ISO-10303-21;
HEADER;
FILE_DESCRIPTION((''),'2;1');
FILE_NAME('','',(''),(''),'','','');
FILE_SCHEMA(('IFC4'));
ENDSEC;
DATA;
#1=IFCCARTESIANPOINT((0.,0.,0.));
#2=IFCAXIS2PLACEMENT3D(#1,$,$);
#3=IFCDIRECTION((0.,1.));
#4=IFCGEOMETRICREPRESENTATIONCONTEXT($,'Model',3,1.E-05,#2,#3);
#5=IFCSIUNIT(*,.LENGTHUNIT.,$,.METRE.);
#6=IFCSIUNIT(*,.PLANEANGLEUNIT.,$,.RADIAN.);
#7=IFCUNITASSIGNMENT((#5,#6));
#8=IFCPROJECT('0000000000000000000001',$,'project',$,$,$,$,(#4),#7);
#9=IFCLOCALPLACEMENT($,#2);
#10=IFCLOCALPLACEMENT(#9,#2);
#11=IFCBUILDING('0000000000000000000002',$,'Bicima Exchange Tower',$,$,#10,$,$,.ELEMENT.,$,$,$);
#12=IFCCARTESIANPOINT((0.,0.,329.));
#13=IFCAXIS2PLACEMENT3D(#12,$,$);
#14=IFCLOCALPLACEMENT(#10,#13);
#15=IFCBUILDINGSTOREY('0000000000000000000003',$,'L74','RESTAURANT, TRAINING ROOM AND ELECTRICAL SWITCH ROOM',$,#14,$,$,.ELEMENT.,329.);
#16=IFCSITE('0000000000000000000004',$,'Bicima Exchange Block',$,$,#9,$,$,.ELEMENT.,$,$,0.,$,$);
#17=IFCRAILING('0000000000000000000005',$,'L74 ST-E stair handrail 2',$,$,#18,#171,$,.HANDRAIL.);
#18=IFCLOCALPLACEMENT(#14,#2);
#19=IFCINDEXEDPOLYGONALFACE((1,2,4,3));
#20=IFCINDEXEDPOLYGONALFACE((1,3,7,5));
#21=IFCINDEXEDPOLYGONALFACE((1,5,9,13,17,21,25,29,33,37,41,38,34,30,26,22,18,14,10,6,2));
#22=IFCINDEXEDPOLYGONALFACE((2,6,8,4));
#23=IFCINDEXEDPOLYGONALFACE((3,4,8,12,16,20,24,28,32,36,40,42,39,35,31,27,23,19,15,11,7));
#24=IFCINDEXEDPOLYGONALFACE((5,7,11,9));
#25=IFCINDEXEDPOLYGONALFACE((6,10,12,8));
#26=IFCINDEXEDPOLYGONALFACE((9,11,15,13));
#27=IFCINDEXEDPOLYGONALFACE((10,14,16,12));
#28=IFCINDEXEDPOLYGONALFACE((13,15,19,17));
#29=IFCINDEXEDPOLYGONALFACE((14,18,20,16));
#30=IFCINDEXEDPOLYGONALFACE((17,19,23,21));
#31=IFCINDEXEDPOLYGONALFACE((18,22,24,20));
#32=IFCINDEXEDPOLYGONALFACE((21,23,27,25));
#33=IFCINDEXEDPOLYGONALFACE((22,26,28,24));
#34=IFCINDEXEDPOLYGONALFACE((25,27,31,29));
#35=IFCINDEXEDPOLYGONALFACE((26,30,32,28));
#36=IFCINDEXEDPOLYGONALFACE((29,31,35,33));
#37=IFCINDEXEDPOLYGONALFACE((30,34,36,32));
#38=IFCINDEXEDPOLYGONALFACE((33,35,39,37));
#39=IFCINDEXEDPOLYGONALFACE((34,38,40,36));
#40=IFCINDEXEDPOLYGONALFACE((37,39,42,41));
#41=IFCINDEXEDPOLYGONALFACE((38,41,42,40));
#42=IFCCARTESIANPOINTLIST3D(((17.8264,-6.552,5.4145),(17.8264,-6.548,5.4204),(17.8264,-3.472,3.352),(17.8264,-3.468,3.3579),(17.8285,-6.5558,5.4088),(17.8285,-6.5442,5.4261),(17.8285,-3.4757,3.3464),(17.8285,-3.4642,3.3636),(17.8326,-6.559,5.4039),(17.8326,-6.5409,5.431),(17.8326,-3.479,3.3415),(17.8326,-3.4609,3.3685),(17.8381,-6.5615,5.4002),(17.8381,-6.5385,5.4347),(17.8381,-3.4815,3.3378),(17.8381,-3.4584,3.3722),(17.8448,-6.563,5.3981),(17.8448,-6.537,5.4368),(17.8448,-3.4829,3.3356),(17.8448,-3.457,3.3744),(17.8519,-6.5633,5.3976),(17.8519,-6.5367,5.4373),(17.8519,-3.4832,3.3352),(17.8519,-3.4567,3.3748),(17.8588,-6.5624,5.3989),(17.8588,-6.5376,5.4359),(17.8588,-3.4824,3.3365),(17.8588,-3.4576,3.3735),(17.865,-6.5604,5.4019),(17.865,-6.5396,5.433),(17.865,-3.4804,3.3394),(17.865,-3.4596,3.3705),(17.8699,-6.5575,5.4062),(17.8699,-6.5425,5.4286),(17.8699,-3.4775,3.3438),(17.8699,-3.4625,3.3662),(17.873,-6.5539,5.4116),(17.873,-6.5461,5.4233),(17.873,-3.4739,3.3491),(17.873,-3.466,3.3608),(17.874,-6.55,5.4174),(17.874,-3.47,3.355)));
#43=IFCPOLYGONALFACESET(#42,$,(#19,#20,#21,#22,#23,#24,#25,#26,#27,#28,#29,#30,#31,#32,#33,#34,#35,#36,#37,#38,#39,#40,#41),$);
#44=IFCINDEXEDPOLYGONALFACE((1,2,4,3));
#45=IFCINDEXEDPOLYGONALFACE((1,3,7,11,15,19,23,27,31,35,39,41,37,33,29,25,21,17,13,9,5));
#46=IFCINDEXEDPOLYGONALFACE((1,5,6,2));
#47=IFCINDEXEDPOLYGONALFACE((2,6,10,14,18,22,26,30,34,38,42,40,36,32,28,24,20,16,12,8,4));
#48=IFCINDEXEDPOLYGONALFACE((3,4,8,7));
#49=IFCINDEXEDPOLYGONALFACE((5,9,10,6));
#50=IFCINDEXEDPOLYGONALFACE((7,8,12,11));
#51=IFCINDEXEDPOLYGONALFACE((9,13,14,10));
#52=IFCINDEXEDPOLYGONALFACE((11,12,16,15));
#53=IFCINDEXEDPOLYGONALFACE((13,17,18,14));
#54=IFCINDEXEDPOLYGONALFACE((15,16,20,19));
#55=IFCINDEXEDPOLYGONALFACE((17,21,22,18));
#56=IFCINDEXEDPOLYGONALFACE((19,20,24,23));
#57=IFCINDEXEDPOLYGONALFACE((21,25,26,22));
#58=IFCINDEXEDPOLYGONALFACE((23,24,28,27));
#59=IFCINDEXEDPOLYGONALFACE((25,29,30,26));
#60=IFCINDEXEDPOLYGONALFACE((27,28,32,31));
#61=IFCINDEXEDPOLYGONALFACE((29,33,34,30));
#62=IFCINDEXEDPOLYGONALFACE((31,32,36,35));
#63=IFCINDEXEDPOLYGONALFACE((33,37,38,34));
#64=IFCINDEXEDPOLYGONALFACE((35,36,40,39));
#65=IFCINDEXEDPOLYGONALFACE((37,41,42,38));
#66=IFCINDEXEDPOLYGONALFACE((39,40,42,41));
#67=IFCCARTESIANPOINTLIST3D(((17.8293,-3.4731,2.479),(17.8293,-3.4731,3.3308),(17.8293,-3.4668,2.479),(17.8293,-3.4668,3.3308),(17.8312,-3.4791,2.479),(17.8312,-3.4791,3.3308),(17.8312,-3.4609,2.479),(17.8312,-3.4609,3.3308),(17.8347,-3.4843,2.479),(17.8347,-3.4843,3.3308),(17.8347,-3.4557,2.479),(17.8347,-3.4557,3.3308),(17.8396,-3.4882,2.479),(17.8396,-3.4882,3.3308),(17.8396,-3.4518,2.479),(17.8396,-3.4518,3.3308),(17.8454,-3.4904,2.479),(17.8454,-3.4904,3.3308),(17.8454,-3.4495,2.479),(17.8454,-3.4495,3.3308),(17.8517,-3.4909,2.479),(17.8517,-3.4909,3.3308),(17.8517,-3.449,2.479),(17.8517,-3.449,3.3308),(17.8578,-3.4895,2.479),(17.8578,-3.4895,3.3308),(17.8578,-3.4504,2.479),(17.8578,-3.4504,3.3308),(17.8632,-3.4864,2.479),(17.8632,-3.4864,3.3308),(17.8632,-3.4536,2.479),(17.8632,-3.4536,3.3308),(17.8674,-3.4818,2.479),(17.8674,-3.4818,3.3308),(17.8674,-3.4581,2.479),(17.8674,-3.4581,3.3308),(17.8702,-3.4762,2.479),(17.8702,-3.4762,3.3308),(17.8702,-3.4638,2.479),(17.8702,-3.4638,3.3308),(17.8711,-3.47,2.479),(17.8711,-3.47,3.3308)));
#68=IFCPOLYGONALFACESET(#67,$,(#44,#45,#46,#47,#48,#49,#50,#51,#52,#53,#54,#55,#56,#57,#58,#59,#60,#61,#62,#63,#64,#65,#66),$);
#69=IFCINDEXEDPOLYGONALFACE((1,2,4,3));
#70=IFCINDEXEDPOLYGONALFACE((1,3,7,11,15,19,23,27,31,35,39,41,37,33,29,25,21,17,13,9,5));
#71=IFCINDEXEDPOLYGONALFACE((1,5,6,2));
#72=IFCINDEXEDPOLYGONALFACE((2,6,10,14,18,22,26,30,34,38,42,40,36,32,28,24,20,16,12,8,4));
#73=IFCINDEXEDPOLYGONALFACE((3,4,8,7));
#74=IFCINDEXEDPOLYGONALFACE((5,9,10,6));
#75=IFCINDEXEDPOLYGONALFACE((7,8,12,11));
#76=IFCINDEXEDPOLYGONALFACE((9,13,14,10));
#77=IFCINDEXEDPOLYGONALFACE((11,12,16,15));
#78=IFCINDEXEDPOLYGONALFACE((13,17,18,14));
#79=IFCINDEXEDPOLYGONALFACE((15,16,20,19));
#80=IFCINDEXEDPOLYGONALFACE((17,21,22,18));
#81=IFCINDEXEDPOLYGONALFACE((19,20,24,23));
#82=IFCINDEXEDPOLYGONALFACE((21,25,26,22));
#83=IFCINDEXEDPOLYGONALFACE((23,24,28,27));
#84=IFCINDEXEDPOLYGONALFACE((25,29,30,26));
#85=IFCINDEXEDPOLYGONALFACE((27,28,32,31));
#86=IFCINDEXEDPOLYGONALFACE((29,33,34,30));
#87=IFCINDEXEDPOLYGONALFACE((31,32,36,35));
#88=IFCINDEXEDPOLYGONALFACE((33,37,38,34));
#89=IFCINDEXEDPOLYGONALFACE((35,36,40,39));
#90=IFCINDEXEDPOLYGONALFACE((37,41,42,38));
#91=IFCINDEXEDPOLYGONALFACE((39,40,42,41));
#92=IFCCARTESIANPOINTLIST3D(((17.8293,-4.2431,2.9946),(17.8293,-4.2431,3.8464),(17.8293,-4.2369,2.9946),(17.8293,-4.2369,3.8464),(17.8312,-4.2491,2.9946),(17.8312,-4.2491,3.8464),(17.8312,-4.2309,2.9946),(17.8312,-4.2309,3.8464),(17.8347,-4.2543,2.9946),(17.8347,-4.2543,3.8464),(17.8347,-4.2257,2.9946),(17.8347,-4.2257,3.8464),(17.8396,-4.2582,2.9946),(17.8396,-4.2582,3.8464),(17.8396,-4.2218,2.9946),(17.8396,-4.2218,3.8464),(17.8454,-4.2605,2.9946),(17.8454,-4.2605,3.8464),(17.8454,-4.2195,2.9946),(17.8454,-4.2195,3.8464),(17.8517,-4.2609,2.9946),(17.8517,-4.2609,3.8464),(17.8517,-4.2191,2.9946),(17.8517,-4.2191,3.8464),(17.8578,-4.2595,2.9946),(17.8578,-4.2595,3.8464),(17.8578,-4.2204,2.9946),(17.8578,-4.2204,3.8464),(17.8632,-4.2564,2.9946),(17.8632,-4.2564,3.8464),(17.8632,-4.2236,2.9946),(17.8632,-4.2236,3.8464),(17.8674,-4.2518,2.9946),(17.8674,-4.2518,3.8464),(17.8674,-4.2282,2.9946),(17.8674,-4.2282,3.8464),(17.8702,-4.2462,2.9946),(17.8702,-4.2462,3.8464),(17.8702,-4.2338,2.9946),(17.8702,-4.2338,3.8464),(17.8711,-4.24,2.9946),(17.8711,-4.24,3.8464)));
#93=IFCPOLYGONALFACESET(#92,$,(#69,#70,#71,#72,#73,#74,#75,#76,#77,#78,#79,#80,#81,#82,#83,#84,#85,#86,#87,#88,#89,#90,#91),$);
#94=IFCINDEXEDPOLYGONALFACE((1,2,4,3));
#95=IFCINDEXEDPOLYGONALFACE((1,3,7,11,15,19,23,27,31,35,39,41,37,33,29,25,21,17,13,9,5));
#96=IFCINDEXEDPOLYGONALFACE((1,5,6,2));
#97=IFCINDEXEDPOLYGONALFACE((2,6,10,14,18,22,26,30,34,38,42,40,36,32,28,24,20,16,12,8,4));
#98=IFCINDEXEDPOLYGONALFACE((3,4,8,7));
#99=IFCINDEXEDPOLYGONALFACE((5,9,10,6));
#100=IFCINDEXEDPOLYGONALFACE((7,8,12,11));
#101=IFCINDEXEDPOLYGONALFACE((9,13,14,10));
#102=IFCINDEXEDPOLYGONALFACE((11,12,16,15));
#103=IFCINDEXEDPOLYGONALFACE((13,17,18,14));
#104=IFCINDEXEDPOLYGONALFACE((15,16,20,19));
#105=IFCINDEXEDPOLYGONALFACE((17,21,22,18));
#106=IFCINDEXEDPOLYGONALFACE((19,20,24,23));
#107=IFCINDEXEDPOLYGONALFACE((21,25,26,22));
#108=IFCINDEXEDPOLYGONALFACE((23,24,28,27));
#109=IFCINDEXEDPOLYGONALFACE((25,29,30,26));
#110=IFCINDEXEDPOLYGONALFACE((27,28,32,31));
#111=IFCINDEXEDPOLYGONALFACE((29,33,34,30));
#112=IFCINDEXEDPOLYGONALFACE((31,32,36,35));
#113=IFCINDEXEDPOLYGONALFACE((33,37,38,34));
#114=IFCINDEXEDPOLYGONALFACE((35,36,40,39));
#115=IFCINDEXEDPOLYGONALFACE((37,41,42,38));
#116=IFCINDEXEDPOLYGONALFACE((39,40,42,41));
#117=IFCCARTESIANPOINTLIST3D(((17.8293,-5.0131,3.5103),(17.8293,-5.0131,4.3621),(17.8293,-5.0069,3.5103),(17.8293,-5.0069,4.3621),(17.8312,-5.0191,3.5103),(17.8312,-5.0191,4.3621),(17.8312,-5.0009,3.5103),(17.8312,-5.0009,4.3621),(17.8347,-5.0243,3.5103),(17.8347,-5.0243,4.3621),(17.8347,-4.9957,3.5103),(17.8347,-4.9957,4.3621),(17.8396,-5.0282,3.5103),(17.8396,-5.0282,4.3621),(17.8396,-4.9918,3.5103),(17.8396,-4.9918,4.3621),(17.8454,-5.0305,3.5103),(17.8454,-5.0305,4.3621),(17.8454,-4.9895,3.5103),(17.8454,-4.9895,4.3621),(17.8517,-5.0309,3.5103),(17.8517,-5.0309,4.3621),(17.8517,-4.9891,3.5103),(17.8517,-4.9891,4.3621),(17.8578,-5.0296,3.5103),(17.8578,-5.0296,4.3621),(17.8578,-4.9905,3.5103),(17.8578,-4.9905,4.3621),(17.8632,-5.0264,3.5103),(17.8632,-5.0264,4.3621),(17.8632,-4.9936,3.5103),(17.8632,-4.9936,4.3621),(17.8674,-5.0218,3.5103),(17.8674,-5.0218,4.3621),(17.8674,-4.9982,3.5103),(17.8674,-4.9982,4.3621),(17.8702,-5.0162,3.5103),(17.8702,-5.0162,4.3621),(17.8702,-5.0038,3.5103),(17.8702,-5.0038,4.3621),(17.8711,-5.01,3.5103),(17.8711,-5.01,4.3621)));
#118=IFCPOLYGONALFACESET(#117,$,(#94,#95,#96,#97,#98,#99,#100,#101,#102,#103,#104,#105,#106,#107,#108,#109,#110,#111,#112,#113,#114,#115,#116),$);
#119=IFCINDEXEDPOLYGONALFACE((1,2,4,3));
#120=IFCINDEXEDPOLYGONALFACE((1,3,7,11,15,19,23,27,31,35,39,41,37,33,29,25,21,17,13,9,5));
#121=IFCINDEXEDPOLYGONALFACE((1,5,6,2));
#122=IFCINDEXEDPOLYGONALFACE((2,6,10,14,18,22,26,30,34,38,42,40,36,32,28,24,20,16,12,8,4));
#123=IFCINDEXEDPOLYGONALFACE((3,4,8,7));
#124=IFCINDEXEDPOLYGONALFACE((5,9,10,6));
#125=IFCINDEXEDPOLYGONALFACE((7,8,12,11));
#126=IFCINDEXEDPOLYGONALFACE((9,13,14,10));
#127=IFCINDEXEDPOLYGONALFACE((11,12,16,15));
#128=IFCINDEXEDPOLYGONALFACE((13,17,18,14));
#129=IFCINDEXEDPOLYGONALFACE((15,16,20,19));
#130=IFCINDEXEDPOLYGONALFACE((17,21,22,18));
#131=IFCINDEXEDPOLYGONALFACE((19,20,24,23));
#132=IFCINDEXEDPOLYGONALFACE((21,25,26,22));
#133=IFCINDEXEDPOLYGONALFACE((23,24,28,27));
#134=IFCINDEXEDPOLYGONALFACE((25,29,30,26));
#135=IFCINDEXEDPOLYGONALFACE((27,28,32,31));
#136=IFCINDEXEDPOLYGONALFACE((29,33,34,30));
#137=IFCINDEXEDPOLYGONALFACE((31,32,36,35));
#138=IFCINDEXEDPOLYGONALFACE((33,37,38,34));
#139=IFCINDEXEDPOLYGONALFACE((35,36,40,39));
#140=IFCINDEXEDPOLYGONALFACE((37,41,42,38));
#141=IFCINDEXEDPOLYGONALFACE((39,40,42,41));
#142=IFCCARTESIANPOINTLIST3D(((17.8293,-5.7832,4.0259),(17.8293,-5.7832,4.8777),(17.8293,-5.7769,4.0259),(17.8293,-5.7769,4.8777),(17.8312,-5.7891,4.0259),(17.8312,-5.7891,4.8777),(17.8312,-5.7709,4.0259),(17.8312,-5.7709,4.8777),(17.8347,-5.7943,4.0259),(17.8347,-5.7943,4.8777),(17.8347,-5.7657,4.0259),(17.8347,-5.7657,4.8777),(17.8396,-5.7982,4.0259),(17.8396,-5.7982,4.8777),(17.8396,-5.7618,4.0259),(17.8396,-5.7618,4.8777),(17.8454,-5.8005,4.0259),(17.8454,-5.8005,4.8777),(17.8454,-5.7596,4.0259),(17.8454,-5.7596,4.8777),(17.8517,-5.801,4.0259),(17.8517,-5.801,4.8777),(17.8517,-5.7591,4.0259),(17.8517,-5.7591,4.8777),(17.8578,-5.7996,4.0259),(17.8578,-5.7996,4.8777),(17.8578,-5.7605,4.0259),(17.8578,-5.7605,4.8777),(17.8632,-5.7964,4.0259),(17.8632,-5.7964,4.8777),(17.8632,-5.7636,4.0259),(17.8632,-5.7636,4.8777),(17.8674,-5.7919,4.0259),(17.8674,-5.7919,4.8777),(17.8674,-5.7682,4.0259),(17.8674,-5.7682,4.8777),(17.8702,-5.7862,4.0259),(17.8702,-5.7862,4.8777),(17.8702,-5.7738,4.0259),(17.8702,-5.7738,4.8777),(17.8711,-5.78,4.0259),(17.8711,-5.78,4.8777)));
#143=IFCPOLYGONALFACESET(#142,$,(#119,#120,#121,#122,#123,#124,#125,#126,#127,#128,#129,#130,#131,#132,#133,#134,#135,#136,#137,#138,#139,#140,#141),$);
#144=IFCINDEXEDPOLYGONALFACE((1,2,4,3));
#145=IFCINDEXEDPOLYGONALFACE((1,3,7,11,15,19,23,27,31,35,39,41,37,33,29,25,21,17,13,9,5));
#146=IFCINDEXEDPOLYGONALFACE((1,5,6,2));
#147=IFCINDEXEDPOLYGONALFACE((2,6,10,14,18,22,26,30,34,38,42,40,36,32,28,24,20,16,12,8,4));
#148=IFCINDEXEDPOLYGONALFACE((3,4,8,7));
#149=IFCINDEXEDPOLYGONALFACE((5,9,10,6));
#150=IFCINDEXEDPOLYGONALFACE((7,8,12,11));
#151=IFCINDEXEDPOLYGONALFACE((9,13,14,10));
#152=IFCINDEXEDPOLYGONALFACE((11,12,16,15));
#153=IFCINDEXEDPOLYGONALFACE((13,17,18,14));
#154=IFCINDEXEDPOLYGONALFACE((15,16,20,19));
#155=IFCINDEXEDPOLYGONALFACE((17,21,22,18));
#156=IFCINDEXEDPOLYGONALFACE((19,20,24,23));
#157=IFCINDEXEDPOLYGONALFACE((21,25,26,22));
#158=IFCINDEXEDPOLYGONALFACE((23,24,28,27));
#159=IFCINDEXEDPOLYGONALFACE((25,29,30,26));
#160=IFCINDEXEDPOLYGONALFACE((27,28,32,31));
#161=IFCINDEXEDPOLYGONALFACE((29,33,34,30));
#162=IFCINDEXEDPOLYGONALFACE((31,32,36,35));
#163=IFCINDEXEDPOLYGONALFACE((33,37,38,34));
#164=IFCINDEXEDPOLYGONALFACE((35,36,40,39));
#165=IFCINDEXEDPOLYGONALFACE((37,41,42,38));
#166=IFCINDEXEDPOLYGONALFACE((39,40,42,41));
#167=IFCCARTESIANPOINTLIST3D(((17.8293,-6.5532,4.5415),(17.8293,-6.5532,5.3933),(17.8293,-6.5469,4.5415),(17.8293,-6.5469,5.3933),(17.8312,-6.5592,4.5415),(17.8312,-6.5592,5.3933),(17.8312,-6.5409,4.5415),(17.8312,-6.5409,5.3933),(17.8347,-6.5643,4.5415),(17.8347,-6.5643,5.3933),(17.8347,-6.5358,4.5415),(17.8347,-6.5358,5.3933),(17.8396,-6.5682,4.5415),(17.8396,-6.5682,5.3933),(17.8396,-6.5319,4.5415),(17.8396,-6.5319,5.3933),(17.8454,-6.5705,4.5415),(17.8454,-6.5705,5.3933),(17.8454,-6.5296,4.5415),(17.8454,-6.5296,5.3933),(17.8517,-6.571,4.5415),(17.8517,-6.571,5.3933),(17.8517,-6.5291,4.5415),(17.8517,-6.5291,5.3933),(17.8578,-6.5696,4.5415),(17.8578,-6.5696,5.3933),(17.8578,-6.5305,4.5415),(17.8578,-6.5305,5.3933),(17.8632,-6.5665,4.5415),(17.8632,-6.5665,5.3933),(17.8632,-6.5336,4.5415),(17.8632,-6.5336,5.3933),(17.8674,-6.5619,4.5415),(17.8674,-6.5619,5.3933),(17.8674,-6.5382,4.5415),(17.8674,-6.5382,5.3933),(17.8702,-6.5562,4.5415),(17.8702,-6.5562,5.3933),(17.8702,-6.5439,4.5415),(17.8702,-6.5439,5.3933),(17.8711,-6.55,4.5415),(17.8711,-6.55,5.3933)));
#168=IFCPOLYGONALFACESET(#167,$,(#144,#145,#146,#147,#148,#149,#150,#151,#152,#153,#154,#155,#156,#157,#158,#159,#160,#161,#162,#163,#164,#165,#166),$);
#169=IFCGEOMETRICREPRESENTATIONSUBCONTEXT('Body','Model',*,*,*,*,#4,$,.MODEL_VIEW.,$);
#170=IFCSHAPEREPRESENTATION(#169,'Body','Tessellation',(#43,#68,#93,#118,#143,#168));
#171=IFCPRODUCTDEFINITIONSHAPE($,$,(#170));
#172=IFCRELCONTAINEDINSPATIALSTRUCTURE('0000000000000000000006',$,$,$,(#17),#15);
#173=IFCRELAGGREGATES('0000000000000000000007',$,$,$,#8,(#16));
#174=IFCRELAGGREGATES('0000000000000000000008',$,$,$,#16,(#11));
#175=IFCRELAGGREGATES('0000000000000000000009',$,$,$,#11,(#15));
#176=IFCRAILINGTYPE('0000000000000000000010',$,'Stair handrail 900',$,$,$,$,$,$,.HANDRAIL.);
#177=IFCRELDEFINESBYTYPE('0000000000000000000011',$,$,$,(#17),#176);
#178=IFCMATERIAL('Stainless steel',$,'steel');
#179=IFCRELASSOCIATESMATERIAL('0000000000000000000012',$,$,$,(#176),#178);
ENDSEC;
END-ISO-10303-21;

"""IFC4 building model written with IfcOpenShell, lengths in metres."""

from ifc_helpers import new_model, si_unit, direction, frame, origin, origin_2d, place, context, subcontext, project, spatial, circle, extrude, material, type_object, element, save


model = new_model("IFC4")

# Units and contexts
model_context = context("Model", 3, precision=1e-05, world=origin(), true_north=direction((0.0, 1.0)))
body_context = subcontext(model_context, "Body", "Model", "MODEL_VIEW")
ifc_project = project(units=[si_unit("LENGTHUNIT", "METRE"), si_unit("PLANEANGLEUNIT", "RADIAN")], contexts=[model_context])

# Site, building, storey
site_placement = place(None, origin())
site = spatial("IfcSite", under=ifc_project, at=site_placement, Name="Bicima Exchange Block", CompositionType="ELEMENT", RefElevation=0.0)
building_placement = place(site_placement, origin())
building = spatial("IfcBuilding", under=site, at=building_placement, Name="Bicima Exchange Tower", CompositionType="ELEMENT")
storey_placement = place(building_placement, frame((0.0, 0.0, 329.0)))
storey = spatial("IfcBuildingStorey", under=building, at=storey_placement, Name="L74", Description="RESTAURANT, TRAINING ROOM AND ELECTRICAL SWITCH ROOM", CompositionType="ELEMENT", Elevation=329.0)

# Railing
ifc_material_1 = material(Name="Stainless steel", Category="steel")
railing_type_1 = type_object("IfcRailingType", Name="Stair handrail 900", PredefinedType="HANDRAIL", material=ifc_material_1)
for number, where, name in (
    (1, (17.8501, -3.47, 2.479), "L74 ST-E stair handrail 2"),
):
    element("IfcRailing", number, at=place(storey_placement, frame(where)), inside=storey, type_object=railing_type_1, Name=name, PredefinedType="HANDRAIL", context=body_context, shape_type="SweptSolid", body=[
        extrude(circle(Radius=0.0239, at=origin_2d()), frame((0.0, 0.0, 0.876), z_axis=(0.0, -0.830914, 0.556401), x_axis=(1.0, 0.0, 0.0)), (0.0, 0.0, 1.0), 3.7068),
        extrude(circle(Radius=0.021, at=origin_2d()), origin(), (0.0, 0.0, 1.0), 0.8518),
        extrude(circle(Radius=0.021, at=origin_2d()), frame((0.0, -0.77, 0.5156)), (0.0, 0.0, 1.0), 0.8518),
        extrude(circle(Radius=0.021, at=origin_2d()), frame((0.0, -1.54, 1.0312)), (0.0, 0.0, 1.0), 0.8518),
        extrude(circle(Radius=0.021, at=origin_2d()), frame((0.0, -2.3101, 1.5469)), (0.0, 0.0, 1.0), 0.8518),
        extrude(circle(Radius=0.021, at=origin_2d()), frame((0.0, -3.0801, 2.0625)), (0.0, 0.0, 1.0), 0.8518),
    ])

save(model, "model.ifc")
